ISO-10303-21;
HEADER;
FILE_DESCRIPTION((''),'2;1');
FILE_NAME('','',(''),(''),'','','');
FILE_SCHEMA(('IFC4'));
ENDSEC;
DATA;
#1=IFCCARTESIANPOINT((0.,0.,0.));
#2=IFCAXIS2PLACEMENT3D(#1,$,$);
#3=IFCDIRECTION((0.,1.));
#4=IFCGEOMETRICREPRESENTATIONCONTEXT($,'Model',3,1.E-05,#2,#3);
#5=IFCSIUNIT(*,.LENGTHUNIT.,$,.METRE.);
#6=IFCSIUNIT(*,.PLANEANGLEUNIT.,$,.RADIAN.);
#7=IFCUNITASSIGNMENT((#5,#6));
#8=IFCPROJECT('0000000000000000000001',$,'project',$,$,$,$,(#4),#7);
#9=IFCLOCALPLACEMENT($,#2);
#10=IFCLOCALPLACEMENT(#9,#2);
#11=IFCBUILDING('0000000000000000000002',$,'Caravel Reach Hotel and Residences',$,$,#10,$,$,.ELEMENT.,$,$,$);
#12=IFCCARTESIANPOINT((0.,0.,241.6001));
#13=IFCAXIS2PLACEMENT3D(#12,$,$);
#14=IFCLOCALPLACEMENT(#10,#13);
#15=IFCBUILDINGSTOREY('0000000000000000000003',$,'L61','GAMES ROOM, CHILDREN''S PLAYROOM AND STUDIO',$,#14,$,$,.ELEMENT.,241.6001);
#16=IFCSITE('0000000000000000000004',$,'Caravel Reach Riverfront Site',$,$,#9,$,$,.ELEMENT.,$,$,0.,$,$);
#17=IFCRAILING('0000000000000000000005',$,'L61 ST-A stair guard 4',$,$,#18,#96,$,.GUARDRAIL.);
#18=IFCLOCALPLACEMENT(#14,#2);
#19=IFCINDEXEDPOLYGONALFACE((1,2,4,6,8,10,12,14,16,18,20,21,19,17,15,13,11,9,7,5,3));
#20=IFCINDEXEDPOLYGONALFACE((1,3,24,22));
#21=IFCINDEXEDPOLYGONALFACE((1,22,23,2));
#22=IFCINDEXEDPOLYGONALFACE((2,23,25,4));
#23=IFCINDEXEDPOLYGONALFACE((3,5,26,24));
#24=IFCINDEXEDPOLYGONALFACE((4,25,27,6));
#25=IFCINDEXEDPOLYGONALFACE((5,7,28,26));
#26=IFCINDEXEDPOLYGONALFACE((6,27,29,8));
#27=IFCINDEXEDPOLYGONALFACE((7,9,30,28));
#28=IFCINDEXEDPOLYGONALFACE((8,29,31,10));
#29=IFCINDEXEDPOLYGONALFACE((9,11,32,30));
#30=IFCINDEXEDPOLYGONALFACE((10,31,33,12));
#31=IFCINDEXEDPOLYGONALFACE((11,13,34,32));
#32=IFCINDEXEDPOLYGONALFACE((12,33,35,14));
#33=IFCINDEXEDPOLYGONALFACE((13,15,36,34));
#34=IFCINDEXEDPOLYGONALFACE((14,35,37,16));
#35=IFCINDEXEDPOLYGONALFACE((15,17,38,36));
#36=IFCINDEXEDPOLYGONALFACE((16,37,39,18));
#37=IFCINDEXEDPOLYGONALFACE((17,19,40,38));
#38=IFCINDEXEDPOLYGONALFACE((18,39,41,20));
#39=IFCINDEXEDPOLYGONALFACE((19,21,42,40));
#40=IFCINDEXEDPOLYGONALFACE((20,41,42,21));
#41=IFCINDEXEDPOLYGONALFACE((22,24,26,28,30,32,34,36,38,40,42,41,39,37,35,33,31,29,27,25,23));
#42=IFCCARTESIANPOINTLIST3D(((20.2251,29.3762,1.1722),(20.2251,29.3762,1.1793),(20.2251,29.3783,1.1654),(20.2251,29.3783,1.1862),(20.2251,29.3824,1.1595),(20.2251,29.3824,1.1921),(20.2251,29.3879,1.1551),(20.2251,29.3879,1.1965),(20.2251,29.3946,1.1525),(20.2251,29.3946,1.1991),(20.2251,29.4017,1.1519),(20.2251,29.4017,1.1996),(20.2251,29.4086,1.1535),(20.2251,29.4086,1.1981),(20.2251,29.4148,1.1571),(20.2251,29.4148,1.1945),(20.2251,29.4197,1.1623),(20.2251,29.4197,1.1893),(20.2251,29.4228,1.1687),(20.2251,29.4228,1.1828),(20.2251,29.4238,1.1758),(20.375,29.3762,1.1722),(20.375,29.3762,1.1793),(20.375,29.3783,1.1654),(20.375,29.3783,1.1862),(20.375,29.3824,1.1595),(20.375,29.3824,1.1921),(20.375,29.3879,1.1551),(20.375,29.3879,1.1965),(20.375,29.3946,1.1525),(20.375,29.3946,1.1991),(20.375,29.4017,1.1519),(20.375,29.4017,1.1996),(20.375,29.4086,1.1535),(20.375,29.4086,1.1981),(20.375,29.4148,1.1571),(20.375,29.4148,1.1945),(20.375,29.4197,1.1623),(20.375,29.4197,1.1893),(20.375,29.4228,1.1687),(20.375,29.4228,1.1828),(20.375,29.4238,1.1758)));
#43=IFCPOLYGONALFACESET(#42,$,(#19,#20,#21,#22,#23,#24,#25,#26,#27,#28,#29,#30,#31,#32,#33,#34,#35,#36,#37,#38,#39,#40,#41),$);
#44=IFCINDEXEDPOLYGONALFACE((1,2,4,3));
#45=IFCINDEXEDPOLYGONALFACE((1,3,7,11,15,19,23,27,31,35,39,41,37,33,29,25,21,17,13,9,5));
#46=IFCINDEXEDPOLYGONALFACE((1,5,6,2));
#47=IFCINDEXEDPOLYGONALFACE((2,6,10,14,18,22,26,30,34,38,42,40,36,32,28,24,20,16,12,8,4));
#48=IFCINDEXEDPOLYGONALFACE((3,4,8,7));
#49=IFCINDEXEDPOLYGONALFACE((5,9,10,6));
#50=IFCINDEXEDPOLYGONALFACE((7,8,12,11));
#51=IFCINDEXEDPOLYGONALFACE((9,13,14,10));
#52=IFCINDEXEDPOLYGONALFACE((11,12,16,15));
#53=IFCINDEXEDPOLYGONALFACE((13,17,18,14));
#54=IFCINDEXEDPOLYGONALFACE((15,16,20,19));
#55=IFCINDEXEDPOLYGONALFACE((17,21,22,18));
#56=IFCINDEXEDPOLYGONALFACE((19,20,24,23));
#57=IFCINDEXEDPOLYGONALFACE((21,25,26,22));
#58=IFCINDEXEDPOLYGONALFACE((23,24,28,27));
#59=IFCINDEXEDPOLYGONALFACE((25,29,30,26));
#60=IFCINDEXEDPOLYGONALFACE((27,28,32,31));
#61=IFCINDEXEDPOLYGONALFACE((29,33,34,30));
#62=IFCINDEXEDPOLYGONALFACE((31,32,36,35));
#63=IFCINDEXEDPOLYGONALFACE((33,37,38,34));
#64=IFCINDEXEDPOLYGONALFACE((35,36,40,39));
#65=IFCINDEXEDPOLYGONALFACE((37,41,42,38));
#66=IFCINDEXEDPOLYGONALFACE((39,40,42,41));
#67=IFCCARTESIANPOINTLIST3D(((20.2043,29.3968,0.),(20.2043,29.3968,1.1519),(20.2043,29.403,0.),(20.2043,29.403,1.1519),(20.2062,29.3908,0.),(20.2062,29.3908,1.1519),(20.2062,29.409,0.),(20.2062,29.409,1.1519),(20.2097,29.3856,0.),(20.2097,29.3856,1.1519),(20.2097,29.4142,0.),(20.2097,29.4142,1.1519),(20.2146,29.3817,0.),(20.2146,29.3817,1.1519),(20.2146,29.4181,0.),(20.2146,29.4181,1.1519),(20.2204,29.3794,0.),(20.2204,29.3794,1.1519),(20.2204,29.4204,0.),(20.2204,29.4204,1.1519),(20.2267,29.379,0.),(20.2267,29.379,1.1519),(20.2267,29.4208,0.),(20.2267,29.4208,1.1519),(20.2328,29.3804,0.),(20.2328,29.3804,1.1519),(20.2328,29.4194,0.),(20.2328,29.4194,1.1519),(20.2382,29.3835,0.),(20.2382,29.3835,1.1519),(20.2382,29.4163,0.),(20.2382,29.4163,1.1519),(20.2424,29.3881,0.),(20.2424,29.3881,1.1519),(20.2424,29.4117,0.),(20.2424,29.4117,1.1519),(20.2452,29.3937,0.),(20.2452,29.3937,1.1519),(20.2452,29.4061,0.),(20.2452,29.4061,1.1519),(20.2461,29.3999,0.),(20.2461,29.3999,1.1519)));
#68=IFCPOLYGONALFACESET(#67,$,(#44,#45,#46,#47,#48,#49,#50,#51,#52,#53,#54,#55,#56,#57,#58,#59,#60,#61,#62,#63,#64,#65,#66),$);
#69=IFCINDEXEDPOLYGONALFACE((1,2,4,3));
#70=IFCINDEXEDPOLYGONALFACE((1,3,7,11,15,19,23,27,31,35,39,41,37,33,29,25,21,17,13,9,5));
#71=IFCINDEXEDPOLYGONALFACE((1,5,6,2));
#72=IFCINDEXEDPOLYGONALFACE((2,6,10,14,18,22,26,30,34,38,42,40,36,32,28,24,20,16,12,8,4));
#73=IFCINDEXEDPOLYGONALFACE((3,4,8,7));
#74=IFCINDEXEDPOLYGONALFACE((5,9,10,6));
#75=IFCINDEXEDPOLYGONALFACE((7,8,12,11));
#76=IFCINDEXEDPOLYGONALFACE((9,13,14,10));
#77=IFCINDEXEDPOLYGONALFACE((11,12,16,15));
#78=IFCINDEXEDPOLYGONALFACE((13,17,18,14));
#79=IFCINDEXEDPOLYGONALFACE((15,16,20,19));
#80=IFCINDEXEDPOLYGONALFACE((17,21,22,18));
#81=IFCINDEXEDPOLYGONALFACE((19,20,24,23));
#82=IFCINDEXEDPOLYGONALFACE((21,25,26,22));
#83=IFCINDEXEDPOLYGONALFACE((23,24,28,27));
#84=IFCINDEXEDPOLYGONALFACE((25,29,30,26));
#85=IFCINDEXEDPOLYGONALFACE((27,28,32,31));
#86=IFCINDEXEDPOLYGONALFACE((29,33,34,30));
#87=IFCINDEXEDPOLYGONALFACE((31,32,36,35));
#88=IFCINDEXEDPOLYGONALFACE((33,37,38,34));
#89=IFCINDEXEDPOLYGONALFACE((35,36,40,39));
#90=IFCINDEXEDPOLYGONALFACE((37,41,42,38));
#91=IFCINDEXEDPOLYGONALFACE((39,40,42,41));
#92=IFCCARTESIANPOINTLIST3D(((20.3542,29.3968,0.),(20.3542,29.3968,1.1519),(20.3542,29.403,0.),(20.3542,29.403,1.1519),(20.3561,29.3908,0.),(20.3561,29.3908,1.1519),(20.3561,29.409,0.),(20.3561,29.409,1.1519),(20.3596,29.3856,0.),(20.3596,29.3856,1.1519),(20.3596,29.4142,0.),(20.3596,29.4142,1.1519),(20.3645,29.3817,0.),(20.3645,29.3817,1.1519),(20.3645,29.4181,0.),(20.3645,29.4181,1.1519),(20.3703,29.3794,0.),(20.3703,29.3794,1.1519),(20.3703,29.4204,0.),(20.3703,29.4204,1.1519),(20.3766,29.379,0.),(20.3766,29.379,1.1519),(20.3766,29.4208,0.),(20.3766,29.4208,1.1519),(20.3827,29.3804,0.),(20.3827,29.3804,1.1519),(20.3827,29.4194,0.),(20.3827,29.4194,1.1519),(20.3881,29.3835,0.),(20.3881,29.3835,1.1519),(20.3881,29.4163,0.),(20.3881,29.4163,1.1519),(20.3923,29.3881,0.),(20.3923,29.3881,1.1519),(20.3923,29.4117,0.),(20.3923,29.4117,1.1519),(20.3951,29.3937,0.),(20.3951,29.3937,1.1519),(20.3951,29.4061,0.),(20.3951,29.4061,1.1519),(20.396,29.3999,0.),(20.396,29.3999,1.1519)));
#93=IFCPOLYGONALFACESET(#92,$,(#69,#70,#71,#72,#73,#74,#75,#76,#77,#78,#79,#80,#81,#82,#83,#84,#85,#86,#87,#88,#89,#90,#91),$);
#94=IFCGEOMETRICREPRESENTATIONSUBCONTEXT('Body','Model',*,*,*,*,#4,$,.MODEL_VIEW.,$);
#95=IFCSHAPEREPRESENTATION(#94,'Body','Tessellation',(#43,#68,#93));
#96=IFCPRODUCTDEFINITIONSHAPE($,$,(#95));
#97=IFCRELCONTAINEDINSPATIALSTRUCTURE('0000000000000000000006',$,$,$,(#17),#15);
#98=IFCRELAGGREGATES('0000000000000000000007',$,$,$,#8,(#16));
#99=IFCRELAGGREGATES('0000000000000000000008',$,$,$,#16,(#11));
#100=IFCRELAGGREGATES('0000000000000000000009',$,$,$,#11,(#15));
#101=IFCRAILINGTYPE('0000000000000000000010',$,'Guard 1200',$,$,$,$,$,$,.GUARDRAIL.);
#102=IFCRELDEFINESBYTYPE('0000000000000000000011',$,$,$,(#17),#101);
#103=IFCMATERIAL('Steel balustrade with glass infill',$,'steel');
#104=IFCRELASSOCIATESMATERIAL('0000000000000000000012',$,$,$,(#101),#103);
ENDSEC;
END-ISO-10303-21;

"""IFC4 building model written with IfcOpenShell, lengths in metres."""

from ifc_helpers import new_model, si_unit, direction, frame, origin, origin_2d, place, context, subcontext, project, spatial, circle, extrude, material, type_object, element, save


model = new_model("IFC4")

# Units and contexts
model_context = context("Model", 3, precision=1e-05, world=origin(), true_north=direction((0.0, 1.0)))
body_context = subcontext(model_context, "Body", "Model", "MODEL_VIEW")
ifc_project = project(units=[si_unit("LENGTHUNIT", "METRE"), si_unit("PLANEANGLEUNIT", "RADIAN")], contexts=[model_context])

# Site, building, storey
site_placement = place(None, origin())
site = spatial("IfcSite", under=ifc_project, at=site_placement, Name="Caravel Reach Riverfront Site", CompositionType="ELEMENT", RefElevation=0.0)
building_placement = place(site_placement, origin())
building = spatial("IfcBuilding", under=site, at=building_placement, Name="Caravel Reach Hotel and Residences", CompositionType="ELEMENT")
storey_placement = place(building_placement, frame((0.0, 0.0, 241.6001)))
storey = spatial("IfcBuildingStorey", under=building, at=storey_placement, Name="L61", Description="GAMES ROOM, CHILDREN'S PLAYROOM AND STUDIO", CompositionType="ELEMENT", Elevation=241.6001)

# Railing
ifc_material_1 = material(Name="Steel balustrade with glass infill", Category="steel")
railing_type_1 = type_object("IfcRailingType", Name="Guard 1200", PredefinedType="GUARDRAIL", material=ifc_material_1)
railing_1_placement = place(storey_placement, frame((20.2251, 29.3999, 0.0)))
element("IfcRailing", 1, at=railing_1_placement, inside=storey, type_object=railing_type_1, Name="L61 ST-A stair guard 4", PredefinedType="GUARDRAIL", context=body_context, shape_type="SweptSolid", body=[
    extrude(circle(Radius=0.0239, at=origin_2d()), frame((0.0, 0.0, 1.1758), z_axis=(1.0, 0.0, 0.0), x_axis=(0.0, 1.0, 0.0)), (0.0, 0.0, 1.0), 0.1499),
    extrude(circle(Radius=0.021, at=origin_2d()), origin(), (0.0, 0.0, 1.0), 1.1519),
    extrude(circle(Radius=0.021, at=origin_2d()), frame((0.1499, 0.0, 0.0)), (0.0, 0.0, 1.0), 1.1519),
])

save(model, "model.ifc")
